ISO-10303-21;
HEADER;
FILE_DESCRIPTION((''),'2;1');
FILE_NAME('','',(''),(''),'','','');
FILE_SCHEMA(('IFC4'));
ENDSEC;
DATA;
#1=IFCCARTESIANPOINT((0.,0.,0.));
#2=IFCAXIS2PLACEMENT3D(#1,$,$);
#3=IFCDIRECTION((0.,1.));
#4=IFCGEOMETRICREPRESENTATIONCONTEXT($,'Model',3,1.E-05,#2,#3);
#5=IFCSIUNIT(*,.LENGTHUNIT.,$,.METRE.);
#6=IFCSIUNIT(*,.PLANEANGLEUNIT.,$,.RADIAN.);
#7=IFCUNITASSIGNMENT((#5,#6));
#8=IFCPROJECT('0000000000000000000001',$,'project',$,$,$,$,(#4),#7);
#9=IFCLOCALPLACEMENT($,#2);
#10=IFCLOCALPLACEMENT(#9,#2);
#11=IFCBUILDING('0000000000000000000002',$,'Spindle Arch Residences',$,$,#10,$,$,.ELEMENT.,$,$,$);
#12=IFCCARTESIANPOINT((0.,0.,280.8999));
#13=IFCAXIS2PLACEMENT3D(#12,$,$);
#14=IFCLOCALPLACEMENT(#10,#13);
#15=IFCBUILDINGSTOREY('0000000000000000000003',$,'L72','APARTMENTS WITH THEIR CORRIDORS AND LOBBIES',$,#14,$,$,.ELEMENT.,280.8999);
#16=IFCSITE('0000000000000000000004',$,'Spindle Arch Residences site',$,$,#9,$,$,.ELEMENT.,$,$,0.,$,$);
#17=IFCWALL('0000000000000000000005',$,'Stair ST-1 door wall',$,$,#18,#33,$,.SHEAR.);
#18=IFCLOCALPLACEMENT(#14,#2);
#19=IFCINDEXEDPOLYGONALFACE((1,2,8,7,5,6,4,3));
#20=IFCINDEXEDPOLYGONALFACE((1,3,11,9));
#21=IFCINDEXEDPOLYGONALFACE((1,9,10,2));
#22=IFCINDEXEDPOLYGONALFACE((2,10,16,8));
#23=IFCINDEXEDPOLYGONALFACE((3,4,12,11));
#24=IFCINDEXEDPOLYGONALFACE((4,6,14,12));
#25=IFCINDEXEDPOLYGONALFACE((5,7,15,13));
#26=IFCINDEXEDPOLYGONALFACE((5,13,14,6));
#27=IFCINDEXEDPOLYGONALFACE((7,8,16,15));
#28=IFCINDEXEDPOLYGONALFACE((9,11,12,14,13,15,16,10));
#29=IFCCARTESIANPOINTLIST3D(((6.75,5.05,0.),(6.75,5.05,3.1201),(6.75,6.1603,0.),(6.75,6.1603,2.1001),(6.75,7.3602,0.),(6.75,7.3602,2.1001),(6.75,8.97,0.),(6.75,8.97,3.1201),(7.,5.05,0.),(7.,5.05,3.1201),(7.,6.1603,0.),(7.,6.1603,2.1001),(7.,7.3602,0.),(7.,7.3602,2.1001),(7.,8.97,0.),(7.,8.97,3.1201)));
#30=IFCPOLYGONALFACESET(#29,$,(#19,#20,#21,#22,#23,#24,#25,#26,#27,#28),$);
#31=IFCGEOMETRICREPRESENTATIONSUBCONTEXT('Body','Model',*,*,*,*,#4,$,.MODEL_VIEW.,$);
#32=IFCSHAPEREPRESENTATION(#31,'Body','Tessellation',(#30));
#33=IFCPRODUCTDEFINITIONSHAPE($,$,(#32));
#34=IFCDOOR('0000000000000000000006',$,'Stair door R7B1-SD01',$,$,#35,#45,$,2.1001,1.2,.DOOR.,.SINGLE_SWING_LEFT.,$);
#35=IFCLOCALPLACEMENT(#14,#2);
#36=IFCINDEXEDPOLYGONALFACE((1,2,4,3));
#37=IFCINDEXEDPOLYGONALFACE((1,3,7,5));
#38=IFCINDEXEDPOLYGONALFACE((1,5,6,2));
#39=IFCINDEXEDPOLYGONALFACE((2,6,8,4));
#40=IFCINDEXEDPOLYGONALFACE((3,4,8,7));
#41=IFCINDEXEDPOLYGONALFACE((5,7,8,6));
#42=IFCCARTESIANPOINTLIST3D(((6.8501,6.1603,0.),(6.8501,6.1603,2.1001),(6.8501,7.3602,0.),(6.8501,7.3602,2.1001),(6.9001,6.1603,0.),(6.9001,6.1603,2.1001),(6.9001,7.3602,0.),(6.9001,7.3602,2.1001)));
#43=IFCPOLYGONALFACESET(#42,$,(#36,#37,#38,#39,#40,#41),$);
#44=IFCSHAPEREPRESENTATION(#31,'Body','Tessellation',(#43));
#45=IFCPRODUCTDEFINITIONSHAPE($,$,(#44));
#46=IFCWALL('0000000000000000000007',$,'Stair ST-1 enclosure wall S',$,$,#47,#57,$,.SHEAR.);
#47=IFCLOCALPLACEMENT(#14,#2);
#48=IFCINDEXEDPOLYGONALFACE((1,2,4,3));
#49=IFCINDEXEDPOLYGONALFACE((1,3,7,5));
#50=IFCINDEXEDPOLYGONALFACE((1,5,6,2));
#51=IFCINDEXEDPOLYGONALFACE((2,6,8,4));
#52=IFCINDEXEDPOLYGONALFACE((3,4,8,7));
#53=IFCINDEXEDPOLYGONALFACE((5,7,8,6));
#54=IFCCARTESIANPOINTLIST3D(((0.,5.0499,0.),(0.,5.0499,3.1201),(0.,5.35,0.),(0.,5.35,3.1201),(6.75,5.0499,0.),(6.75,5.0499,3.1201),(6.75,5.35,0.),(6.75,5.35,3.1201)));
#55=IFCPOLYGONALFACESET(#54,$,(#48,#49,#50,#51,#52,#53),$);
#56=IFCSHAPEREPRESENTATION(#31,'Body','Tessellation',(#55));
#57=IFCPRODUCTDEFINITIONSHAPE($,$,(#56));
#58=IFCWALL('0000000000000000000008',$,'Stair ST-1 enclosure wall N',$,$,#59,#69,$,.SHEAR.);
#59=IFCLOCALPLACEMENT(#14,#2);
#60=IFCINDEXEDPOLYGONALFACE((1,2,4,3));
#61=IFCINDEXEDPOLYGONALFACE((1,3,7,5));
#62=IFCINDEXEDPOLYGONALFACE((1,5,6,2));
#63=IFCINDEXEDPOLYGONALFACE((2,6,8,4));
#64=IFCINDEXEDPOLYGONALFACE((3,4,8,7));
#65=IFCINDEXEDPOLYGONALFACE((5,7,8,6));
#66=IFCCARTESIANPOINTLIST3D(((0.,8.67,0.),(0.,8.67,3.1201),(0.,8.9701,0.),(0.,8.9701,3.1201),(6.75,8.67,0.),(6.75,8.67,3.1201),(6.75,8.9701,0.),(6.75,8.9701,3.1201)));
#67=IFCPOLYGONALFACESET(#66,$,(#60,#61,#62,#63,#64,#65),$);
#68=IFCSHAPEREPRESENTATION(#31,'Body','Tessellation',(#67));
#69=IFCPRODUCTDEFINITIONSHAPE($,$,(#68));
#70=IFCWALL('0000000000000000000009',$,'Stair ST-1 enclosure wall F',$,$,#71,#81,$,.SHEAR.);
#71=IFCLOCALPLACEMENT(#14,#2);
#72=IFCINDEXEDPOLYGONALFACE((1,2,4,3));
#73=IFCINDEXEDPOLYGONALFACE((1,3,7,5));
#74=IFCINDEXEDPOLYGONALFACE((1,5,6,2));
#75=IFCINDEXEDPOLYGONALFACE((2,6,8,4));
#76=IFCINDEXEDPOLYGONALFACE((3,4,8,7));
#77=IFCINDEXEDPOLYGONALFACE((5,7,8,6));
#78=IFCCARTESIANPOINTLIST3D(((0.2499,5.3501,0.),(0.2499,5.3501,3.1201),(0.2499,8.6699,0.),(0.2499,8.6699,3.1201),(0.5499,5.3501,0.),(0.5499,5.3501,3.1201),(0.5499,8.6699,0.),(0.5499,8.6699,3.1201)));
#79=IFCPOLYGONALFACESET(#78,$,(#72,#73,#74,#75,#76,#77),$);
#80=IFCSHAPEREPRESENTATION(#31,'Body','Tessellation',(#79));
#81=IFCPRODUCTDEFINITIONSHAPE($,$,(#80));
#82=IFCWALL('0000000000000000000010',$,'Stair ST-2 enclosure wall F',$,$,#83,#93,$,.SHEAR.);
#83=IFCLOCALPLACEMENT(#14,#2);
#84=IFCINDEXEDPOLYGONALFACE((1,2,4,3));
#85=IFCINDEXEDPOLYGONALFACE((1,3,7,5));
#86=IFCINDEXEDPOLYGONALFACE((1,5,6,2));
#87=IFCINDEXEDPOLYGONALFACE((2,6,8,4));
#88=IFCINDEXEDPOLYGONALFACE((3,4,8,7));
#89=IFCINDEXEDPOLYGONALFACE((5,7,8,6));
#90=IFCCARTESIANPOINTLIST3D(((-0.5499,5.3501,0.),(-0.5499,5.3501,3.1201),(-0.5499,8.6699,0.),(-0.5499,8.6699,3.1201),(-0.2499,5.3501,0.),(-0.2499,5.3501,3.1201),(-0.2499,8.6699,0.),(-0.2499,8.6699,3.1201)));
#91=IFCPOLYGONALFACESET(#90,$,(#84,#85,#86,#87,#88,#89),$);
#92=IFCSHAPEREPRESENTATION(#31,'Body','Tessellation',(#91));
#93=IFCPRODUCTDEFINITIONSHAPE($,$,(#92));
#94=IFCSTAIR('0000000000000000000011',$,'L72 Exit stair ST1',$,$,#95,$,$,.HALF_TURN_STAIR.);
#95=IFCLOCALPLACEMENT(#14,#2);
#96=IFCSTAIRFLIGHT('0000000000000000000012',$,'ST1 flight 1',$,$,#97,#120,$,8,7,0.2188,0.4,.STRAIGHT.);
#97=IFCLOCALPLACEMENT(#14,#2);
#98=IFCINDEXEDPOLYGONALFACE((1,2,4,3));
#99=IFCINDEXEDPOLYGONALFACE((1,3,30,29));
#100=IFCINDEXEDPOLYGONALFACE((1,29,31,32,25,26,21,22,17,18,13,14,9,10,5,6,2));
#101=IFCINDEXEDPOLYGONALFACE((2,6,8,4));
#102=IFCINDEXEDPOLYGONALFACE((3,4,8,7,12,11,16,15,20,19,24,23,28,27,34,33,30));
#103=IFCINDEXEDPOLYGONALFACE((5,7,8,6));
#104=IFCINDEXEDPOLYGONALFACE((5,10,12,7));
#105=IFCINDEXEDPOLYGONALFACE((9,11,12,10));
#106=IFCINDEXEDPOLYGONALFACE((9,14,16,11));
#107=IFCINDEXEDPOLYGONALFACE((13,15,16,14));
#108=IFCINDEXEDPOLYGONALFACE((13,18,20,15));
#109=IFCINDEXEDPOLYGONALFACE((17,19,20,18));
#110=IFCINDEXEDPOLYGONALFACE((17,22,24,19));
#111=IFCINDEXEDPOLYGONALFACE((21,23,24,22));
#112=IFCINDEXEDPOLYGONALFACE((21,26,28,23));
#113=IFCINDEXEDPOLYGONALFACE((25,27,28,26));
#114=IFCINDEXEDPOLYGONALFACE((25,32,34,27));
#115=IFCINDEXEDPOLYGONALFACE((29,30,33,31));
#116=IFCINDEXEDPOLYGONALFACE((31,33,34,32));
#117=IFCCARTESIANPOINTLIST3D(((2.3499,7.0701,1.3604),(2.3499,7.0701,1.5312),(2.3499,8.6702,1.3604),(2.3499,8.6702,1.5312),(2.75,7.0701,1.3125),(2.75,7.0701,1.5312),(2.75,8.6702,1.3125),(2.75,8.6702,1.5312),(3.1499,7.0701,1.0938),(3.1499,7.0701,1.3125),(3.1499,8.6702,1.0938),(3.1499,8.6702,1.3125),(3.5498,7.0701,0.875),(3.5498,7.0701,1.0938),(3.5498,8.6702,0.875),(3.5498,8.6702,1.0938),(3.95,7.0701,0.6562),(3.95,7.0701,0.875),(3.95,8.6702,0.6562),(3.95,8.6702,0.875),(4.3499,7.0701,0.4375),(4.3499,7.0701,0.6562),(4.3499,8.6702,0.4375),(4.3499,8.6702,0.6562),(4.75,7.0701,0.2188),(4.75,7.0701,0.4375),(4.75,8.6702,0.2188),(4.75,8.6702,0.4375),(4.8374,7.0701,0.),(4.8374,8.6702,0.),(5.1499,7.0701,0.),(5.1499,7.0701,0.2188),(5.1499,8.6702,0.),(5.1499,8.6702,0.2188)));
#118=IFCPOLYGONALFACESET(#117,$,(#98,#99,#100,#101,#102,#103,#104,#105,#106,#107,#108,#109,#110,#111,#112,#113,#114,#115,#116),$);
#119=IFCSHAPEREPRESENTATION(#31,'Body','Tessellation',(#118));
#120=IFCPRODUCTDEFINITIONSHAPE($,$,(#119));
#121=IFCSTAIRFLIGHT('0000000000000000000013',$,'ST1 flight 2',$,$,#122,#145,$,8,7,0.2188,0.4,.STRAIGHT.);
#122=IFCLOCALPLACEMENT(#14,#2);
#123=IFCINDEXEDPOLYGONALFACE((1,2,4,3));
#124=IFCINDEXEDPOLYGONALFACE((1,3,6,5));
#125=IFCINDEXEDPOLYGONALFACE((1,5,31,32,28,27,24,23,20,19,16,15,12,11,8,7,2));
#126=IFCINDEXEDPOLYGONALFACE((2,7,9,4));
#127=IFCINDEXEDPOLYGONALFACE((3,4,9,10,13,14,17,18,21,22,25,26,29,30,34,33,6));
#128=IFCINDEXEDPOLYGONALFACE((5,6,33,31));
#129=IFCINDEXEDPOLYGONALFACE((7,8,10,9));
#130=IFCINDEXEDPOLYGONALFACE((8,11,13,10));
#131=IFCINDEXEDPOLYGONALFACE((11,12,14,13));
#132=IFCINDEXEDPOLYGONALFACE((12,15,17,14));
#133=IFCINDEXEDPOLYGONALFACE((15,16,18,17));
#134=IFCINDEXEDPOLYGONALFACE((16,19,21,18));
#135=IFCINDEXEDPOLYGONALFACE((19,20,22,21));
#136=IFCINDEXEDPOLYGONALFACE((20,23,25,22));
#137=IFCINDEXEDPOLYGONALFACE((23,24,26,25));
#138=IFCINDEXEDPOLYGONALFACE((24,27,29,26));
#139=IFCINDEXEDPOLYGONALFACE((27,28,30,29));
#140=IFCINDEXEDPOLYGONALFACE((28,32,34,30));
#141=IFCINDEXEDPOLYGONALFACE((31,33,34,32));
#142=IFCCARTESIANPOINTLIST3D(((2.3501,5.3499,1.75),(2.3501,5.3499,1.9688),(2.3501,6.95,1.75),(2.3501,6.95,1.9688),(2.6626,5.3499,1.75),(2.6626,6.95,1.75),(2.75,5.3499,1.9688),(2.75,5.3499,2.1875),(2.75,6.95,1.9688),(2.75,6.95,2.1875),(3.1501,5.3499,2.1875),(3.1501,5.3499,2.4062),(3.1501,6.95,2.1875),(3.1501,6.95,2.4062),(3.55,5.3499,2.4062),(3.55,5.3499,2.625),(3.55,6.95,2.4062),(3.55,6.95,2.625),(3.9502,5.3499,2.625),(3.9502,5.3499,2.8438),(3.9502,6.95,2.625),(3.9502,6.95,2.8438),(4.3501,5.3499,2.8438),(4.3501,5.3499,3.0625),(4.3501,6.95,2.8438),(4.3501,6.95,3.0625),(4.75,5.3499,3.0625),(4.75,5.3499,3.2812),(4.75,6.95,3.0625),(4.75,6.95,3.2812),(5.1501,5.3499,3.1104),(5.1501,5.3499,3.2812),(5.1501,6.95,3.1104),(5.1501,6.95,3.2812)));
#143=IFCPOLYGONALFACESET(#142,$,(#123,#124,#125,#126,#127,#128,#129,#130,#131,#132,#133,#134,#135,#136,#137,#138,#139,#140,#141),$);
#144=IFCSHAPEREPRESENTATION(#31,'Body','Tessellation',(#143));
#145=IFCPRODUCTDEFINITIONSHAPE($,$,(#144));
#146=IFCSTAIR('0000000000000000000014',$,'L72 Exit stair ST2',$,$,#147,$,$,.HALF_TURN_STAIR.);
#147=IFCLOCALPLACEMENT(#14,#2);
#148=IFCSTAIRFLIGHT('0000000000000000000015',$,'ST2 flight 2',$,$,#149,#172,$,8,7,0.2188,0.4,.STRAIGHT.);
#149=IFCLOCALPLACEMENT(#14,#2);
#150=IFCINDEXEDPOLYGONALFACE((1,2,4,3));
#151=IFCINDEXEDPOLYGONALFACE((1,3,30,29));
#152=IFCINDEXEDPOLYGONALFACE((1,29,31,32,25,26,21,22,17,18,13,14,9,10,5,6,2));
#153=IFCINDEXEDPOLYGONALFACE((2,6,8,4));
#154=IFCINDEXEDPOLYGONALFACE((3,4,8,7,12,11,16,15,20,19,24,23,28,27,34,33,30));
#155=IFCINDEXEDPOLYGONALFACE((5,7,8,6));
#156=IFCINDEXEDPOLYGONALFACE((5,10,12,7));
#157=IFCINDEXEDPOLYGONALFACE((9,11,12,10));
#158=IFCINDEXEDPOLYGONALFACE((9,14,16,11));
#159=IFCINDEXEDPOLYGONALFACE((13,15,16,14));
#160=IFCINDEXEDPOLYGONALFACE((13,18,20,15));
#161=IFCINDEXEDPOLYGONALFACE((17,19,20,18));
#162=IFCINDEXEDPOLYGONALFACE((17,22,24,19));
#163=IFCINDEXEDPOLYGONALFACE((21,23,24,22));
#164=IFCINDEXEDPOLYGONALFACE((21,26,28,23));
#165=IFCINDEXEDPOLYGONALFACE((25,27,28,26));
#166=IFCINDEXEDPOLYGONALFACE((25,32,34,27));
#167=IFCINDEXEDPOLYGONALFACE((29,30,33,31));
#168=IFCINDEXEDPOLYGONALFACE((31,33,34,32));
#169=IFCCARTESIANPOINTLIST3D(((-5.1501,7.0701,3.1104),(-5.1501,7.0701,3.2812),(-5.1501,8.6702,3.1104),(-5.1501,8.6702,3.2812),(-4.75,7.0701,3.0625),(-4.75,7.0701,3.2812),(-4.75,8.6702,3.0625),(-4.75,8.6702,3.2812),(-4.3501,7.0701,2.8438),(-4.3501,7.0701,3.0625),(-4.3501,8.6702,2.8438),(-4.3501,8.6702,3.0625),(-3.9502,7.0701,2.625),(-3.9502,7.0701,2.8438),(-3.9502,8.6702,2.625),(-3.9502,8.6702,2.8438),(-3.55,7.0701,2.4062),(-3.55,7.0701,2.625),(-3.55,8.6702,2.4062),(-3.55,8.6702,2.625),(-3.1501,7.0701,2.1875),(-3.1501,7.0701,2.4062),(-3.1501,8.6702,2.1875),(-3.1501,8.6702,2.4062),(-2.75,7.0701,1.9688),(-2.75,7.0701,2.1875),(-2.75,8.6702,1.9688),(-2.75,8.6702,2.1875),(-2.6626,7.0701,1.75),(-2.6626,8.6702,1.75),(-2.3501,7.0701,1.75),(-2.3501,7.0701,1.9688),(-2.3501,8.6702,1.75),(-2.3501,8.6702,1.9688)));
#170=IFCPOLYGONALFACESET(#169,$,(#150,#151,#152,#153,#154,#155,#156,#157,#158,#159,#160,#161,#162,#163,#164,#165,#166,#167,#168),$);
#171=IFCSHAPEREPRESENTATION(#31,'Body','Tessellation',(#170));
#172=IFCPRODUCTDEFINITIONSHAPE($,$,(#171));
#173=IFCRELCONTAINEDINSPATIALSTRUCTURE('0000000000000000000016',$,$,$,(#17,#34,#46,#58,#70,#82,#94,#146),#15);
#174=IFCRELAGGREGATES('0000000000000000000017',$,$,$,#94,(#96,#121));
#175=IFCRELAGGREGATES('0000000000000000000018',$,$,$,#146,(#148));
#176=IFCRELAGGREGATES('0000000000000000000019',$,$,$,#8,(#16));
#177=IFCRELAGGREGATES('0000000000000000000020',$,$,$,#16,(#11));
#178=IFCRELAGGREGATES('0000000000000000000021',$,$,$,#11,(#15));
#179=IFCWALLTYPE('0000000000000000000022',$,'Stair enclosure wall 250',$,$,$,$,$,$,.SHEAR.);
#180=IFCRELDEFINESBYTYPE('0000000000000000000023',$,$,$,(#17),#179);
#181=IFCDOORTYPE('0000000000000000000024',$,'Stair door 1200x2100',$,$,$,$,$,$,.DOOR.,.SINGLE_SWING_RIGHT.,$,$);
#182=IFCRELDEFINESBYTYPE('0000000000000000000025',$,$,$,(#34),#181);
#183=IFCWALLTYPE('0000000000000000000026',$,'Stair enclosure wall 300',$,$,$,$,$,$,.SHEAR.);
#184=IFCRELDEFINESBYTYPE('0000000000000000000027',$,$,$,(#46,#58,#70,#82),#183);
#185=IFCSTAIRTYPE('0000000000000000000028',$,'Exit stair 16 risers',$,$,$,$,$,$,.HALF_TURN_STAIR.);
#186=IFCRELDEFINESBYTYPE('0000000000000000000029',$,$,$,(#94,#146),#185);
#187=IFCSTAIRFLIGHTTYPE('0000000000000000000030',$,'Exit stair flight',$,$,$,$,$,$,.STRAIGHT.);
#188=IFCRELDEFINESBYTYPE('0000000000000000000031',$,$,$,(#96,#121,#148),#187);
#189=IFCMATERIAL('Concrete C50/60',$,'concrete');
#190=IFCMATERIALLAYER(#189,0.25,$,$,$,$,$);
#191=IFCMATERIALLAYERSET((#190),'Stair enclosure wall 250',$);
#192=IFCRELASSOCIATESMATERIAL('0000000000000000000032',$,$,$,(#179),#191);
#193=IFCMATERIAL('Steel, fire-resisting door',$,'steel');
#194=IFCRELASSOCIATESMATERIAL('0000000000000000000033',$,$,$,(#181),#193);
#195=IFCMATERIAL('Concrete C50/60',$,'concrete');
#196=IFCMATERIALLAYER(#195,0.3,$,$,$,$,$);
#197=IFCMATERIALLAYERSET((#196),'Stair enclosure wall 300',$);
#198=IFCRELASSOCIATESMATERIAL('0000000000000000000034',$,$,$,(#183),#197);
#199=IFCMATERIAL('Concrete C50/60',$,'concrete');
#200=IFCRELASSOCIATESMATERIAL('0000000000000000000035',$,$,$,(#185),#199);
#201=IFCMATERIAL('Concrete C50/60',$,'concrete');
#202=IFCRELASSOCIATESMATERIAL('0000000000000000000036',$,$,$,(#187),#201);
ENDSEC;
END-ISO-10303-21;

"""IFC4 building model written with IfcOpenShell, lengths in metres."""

from ifc_helpers import new_model, si_unit, direction, frame, frame_2d, origin, place, context, subcontext, project, spatial, polyline, rectangle, outline, extrude, material, layer, layer_set, type_object, element, fill, aggregate, save


model = new_model("IFC4")

# Units and contexts
model_context = context("Model", 3, precision=1e-05, world=origin(), true_north=direction((0.0, 1.0)))
body_context = subcontext(model_context, "Body", "Model", "MODEL_VIEW")
ifc_project = project(units=[si_unit("LENGTHUNIT", "METRE"), si_unit("PLANEANGLEUNIT", "RADIAN")], contexts=[model_context])

# Site, building, storey
site_placement = place(None, origin())
site = spatial("IfcSite", under=ifc_project, at=site_placement, Name="Spindle Arch Residences site", CompositionType="ELEMENT", RefElevation=0.0)
building_placement = place(site_placement, origin())
building = spatial("IfcBuilding", under=site, at=building_placement, Name="Spindle Arch Residences", CompositionType="ELEMENT")
storey_placement = place(building_placement, frame((0.0, 0.0, 280.8999)))
storey = spatial("IfcBuildingStorey", under=building, at=storey_placement, Name="L72", Description="APARTMENTS WITH THEIR CORRIDORS AND LOBBIES", CompositionType="ELEMENT", Elevation=280.8999)

# Wall, opening, door
ifc_material_1 = material(Name="Concrete C50/60", Category="concrete")
ifc_layer_1 = layer(ifc_material_1, 0.25)
ifc_layer_set_1 = layer_set([ifc_layer_1], Name="Stair enclosure wall 250")
wall_type_1 = type_object("IfcWallType", Name="Stair enclosure wall 250", PredefinedType="SHEAR", material=ifc_layer_set_1)
wall_1_placement = place(storey_placement, frame((6.875, 5.05, 0.0), z_axis=(0.0, 0.0, 1.0), x_axis=(0.0, 1.0, 0.0)))
wall_1 = element("IfcWall", 1, at=wall_1_placement, inside=storey, type_object=wall_type_1, Name="Stair ST-1 door wall", PredefinedType="SHEAR", context=body_context, shape_type="SweptSolid", body=[
    extrude(rectangle(XDim=3.9199, YDim=0.25, at=frame_2d((1.96, 0.0))), origin(), (0.0, 0.0, 1.0), 3.1201),
])
opening_1_placement = place(wall_1_placement, frame((1.1101, 0.0, 0.0)))
opening_1 = element("IfcOpeningElement", 2, at=opening_1_placement, cuts=wall_1, PredefinedType="OPENING", context=body_context, shape_type="SweptSolid", body=[
    extrude(rectangle(XDim=1.2, YDim=2.1001, at=frame_2d((0.6001, 1.05))), frame((0.0, 0.135, 0.0), z_axis=(0.0, -1.0, 0.0), x_axis=(1.0, 0.0, 0.0)), (0.0, 0.0, 1.0), 0.27),
])
ifc_material_2 = material(Name="Steel, fire-resisting door", Category="steel")
door_type_1 = type_object("IfcDoorType", Name="Stair door 1200x2100", OperationType="SINGLE_SWING_RIGHT", PredefinedType="DOOR", material=ifc_material_2)
door_1_placement = place(opening_1_placement, origin())
door_1 = element("IfcDoor", 3, at=door_1_placement, inside=storey, type_object=door_type_1, Name="Stair door R7B1-SD01", OperationType="SINGLE_SWING_LEFT", OverallHeight=2.1001, OverallWidth=1.2, PredefinedType="DOOR", context=body_context, shape_type="SweptSolid", body=[
    extrude(rectangle(XDim=1.2, YDim=2.1001, at=frame_2d((0.6001, 1.05))), frame((0.0, 0.0249, 0.0), z_axis=(0.0, -1.0, 0.0), x_axis=(1.0, 0.0, 0.0)), (0.0, 0.0, 1.0), 0.05),
])
fill(opening_1, door_1)

# Walls
ifc_material_3 = material(Name="Concrete C50/60", Category="concrete")
ifc_layer_2 = layer(ifc_material_3, 0.3)
ifc_layer_set_2 = layer_set([ifc_layer_2], Name="Stair enclosure wall 300")
wall_type_2 = type_object("IfcWallType", Name="Stair enclosure wall 300", PredefinedType="SHEAR", material=ifc_layer_set_2)
for number, where, z_axis, x_axis, name in (
    (4, (0.0, 5.2, 0.0), (0.0, 0.0, 1.0), (1.0, 0.0, 0.0), "Stair ST-1 enclosure wall S"),
    (5, (0.0, 8.8201, 0.0), (0.0, 0.0, 1.0), (1.0, 0.0, 0.0), "Stair ST-1 enclosure wall N"),
):
    element("IfcWall", number, at=place(storey_placement, frame(where, z_axis=z_axis, x_axis=x_axis)), inside=storey, type_object=wall_type_2, Name=name, PredefinedType="SHEAR", context=body_context, shape_type="SweptSolid", body=[
        extrude(rectangle(XDim=6.75, YDim=0.3, at=frame_2d((3.375, 0.0))), origin(), (0.0, 0.0, 1.0), 3.1201),
    ])
for number, where, z_axis, x_axis, name in (
    (6, (0.3999, 5.3501, 0.0), (0.0, 0.0, 1.0), (0.0, 1.0, 0.0), "Stair ST-1 enclosure wall F"),
    (7, (-0.3999, 5.3501, 0.0), (0.0, 0.0, 1.0), (0.0, 1.0, 0.0), "Stair ST-2 enclosure wall F"),
):
    element("IfcWall", number, at=place(storey_placement, frame(where, z_axis=z_axis, x_axis=x_axis)), inside=storey, type_object=wall_type_2, Name=name, PredefinedType="SHEAR", context=body_context, shape_type="SweptSolid", body=[
        extrude(rectangle(XDim=3.3198, YDim=0.3, at=frame_2d((1.6599, 0.0))), origin(), (0.0, 0.0, 1.0), 3.1201),
    ])

# Stair, stair flights
ifc_material_4 = material(Name="Concrete C50/60", Category="concrete")
stair_type = type_object("IfcStairType", Name="Exit stair 16 risers", PredefinedType="HALF_TURN_STAIR", material=ifc_material_4)
stair_1_placement = place(storey_placement, origin())
stair_1 = element("IfcStair", 8, at=stair_1_placement, inside=storey, type_object=stair_type, Name="L72 Exit stair ST1", PredefinedType="HALF_TURN_STAIR")
ifc_material_5 = material(Name="Concrete C50/60", Category="concrete")
stair_flight_type = type_object("IfcStairFlightType", Name="Exit stair flight", PredefinedType="STRAIGHT", material=ifc_material_5)
stair_flight_1_placement = place(storey_placement, frame((5.1499, 7.8701, 0.0), z_axis=(0.0, 0.0, 1.0), x_axis=(-1.0, 0.0, 0.0)))
stair_flight_1 = element("IfcStairFlight", 9, at=stair_flight_1_placement, type_object=stair_flight_type, Name="ST1 flight 1", NumberOfRisers=8, NumberOfTreads=7, PredefinedType="STRAIGHT", RiserHeight=0.2188, TreadLength=0.4, context=body_context, shape_type="SweptSolid", body=[
    extrude(outline(polyline([(0.0, 0.0), (0.0, 0.2188), (0.3999, 0.2188), (0.3999, 0.4375), (0.8, 0.4375), (0.8, 0.6562), (1.2, 0.6562), (1.2, 0.875), (1.6001, 0.875), (1.6001, 1.0938), (2.0, 1.0938), (2.0, 1.3125), (2.3999, 1.3125), (2.3999, 1.5312), (2.8, 1.5312), (2.8, 1.75), (2.8, 1.3604), (0.3125, 0.0), (0.0, 0.0)])), frame((0.0, 0.8, 0.0), z_axis=(0.0, -1.0, 0.0), x_axis=(1.0, 0.0, 0.0)), (0.0, 0.0, 1.0), 1.6001),
])
stair_flight_2_placement = place(storey_placement, frame((2.3501, 6.1499, 1.75), z_axis=(0.0, 0.0, 1.0), x_axis=(1.0, 0.0, 0.0)))
stair_flight_2 = element("IfcStairFlight", 10, at=stair_flight_2_placement, type_object=stair_flight_type, Name="ST1 flight 2", NumberOfRisers=8, NumberOfTreads=7, PredefinedType="STRAIGHT", RiserHeight=0.2188, TreadLength=0.4, context=body_context, shape_type="SweptSolid", body=[
    extrude(outline(polyline([(0.0, 0.0), (0.0, 0.2188), (0.3999, 0.2188), (0.3999, 0.4375), (0.8, 0.4375), (0.8, 0.6562), (1.2, 0.6562), (1.2, 0.875), (1.6001, 0.875), (1.6001, 1.0938), (2.0, 1.0938), (2.0, 1.3125), (2.3999, 1.3125), (2.3999, 1.5312), (2.8, 1.5312), (2.8, 1.75), (2.8, 1.3604), (0.3125, 0.0), (0.0, 0.0)])), frame((0.0, 0.8, 0.0), z_axis=(0.0, -1.0, 0.0), x_axis=(1.0, 0.0, 0.0)), (0.0, 0.0, 1.0), 1.6001),
])
aggregate(stair_1, [stair_flight_1, stair_flight_2])

# Stair, stair flight
stair_2_placement = place(storey_placement, origin())
stair_2 = element("IfcStair", 11, at=stair_2_placement, inside=storey, type_object=stair_type, Name="L72 Exit stair ST2", PredefinedType="HALF_TURN_STAIR")
stair_flight_3_placement = place(storey_placement, frame((-2.3501, 7.8701, 1.75), z_axis=(0.0, 0.0, 1.0), x_axis=(-1.0, 0.0, 0.0)))
stair_flight_3 = element("IfcStairFlight", 12, at=stair_flight_3_placement, type_object=stair_flight_type, Name="ST2 flight 2", NumberOfRisers=8, NumberOfTreads=7, PredefinedType="STRAIGHT", RiserHeight=0.2188, TreadLength=0.4, context=body_context, shape_type="SweptSolid", body=[
    extrude(outline(polyline([(0.0, 0.0), (0.0, 0.2188), (0.3999, 0.2188), (0.3999, 0.4375), (0.8, 0.4375), (0.8, 0.6562), (1.2, 0.6562), (1.2, 0.875), (1.6001, 0.875), (1.6001, 1.0938), (2.0, 1.0938), (2.0, 1.3125), (2.3999, 1.3125), (2.3999, 1.5312), (2.8, 1.5312), (2.8, 1.75), (2.8, 1.3604), (0.3125, 0.0), (0.0, 0.0)])), frame((0.0, 0.8, 0.0), z_axis=(0.0, -1.0, 0.0), x_axis=(1.0, 0.0, 0.0)), (0.0, 0.0, 1.0), 1.6001),
])
aggregate(stair_2, [stair_flight_3])

save(model, "model.ifc")
